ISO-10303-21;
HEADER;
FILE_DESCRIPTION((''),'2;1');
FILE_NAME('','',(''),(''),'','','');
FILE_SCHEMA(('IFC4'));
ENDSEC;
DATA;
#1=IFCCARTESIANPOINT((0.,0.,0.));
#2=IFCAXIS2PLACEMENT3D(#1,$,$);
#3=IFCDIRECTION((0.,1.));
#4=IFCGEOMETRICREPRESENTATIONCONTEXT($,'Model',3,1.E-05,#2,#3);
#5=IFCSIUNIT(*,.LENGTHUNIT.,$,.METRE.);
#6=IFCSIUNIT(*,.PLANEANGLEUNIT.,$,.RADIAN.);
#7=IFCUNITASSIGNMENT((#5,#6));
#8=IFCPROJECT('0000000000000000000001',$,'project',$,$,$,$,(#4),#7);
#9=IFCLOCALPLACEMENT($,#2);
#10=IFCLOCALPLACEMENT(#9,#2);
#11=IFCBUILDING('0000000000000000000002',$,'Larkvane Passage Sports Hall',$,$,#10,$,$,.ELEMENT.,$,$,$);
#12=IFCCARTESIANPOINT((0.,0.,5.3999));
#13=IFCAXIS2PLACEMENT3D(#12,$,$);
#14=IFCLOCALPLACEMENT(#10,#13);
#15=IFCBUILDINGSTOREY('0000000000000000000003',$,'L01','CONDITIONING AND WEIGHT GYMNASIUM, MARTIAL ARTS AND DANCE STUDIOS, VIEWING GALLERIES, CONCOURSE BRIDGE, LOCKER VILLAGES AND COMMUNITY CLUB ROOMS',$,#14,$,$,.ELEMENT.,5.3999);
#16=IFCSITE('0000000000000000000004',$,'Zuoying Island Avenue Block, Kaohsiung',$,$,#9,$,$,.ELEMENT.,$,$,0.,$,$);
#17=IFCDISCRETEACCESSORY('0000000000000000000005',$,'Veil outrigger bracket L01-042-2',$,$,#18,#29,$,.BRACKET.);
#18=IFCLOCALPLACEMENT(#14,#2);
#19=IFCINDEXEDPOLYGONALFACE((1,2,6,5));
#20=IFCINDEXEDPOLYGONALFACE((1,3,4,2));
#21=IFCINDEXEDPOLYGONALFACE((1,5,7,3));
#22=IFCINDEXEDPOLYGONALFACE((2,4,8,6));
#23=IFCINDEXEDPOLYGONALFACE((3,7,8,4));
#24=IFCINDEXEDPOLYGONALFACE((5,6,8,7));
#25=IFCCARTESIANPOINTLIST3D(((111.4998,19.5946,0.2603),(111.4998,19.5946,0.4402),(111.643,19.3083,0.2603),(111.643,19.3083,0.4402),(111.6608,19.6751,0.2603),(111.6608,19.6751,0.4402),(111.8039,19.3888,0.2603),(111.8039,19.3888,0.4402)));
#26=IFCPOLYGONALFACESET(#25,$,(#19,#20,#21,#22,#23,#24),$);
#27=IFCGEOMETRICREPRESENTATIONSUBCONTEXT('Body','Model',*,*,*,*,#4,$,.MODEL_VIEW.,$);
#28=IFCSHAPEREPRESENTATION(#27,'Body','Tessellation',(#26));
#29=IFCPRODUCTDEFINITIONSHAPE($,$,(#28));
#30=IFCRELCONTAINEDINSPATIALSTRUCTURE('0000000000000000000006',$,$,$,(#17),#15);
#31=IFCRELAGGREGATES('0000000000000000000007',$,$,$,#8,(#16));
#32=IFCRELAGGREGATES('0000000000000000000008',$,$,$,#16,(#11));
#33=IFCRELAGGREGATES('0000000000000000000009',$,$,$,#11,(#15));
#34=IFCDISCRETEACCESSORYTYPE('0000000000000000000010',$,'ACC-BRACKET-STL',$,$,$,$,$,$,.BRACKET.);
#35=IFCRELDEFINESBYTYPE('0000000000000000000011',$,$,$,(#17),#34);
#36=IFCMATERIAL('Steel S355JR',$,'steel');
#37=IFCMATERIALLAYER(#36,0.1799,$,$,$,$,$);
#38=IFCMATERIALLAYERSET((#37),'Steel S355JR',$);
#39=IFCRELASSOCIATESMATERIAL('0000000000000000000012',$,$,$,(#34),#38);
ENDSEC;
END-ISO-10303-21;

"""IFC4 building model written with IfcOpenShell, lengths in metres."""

from ifc_helpers import new_model, si_unit, direction, frame, origin, origin_2d, place, context, subcontext, project, spatial, rectangle, extrude, material, layer, layer_set, type_object, element, save


model = new_model("IFC4")

# Units and contexts
model_context = context("Model", 3, precision=1e-05, world=origin(), true_north=direction((0.0, 1.0)))
body_context = subcontext(model_context, "Body", "Model", "MODEL_VIEW")
ifc_project = project(units=[si_unit("LENGTHUNIT", "METRE"), si_unit("PLANEANGLEUNIT", "RADIAN")], contexts=[model_context])

# Site, building, storey
site_placement = place(None, origin())
site = spatial("IfcSite", under=ifc_project, at=site_placement, Name="Zuoying Island Avenue Block, Kaohsiung", CompositionType="ELEMENT", RefElevation=0.0)
building_placement = place(site_placement, origin())
building = spatial("IfcBuilding", under=site, at=building_placement, Name="Larkvane Passage Sports Hall", CompositionType="ELEMENT")
storey_placement = place(building_placement, frame((0.0, 0.0, 5.3999)))
storey = spatial("IfcBuildingStorey", under=building, at=storey_placement, Name="L01", Description="CONDITIONING AND WEIGHT GYMNASIUM, MARTIAL ARTS AND DANCE STUDIOS, VIEWING GALLERIES, CONCOURSE BRIDGE, LOCKER VILLAGES AND COMMUNITY CLUB ROOMS", CompositionType="ELEMENT", Elevation=5.3999)

# Discrete accessory
ifc_material_1 = material(Name="Steel S355JR", Category="steel")
ifc_layer_1 = layer(ifc_material_1, 0.1799)
ifc_layer_set_1 = layer_set([ifc_layer_1], Name="Steel S355JR")
discrete_accessory_type = type_object("IfcDiscreteAccessoryType", Name="ACC-BRACKET-STL", PredefinedType="BRACKET", material=ifc_layer_set_1)
discrete_accessory_placement = place(storey_placement, frame((111.6519, 19.4917, 0.2603), z_axis=(0.0, 0.0, 1.0), x_axis=(-0.894427, -0.447214, 0.0)))
element("IfcDiscreteAccessory", 1, at=discrete_accessory_placement, inside=storey, type_object=discrete_accessory_type, Name="Veil outrigger bracket L01-042-2", PredefinedType="BRACKET", context=body_context, shape_type="SweptSolid", body=[
    extrude(rectangle(XDim=0.1799, YDim=0.3201, at=origin_2d()), origin(), (0.0, 0.0, 1.0), 0.1799),
])

save(model, "model.ifc")
